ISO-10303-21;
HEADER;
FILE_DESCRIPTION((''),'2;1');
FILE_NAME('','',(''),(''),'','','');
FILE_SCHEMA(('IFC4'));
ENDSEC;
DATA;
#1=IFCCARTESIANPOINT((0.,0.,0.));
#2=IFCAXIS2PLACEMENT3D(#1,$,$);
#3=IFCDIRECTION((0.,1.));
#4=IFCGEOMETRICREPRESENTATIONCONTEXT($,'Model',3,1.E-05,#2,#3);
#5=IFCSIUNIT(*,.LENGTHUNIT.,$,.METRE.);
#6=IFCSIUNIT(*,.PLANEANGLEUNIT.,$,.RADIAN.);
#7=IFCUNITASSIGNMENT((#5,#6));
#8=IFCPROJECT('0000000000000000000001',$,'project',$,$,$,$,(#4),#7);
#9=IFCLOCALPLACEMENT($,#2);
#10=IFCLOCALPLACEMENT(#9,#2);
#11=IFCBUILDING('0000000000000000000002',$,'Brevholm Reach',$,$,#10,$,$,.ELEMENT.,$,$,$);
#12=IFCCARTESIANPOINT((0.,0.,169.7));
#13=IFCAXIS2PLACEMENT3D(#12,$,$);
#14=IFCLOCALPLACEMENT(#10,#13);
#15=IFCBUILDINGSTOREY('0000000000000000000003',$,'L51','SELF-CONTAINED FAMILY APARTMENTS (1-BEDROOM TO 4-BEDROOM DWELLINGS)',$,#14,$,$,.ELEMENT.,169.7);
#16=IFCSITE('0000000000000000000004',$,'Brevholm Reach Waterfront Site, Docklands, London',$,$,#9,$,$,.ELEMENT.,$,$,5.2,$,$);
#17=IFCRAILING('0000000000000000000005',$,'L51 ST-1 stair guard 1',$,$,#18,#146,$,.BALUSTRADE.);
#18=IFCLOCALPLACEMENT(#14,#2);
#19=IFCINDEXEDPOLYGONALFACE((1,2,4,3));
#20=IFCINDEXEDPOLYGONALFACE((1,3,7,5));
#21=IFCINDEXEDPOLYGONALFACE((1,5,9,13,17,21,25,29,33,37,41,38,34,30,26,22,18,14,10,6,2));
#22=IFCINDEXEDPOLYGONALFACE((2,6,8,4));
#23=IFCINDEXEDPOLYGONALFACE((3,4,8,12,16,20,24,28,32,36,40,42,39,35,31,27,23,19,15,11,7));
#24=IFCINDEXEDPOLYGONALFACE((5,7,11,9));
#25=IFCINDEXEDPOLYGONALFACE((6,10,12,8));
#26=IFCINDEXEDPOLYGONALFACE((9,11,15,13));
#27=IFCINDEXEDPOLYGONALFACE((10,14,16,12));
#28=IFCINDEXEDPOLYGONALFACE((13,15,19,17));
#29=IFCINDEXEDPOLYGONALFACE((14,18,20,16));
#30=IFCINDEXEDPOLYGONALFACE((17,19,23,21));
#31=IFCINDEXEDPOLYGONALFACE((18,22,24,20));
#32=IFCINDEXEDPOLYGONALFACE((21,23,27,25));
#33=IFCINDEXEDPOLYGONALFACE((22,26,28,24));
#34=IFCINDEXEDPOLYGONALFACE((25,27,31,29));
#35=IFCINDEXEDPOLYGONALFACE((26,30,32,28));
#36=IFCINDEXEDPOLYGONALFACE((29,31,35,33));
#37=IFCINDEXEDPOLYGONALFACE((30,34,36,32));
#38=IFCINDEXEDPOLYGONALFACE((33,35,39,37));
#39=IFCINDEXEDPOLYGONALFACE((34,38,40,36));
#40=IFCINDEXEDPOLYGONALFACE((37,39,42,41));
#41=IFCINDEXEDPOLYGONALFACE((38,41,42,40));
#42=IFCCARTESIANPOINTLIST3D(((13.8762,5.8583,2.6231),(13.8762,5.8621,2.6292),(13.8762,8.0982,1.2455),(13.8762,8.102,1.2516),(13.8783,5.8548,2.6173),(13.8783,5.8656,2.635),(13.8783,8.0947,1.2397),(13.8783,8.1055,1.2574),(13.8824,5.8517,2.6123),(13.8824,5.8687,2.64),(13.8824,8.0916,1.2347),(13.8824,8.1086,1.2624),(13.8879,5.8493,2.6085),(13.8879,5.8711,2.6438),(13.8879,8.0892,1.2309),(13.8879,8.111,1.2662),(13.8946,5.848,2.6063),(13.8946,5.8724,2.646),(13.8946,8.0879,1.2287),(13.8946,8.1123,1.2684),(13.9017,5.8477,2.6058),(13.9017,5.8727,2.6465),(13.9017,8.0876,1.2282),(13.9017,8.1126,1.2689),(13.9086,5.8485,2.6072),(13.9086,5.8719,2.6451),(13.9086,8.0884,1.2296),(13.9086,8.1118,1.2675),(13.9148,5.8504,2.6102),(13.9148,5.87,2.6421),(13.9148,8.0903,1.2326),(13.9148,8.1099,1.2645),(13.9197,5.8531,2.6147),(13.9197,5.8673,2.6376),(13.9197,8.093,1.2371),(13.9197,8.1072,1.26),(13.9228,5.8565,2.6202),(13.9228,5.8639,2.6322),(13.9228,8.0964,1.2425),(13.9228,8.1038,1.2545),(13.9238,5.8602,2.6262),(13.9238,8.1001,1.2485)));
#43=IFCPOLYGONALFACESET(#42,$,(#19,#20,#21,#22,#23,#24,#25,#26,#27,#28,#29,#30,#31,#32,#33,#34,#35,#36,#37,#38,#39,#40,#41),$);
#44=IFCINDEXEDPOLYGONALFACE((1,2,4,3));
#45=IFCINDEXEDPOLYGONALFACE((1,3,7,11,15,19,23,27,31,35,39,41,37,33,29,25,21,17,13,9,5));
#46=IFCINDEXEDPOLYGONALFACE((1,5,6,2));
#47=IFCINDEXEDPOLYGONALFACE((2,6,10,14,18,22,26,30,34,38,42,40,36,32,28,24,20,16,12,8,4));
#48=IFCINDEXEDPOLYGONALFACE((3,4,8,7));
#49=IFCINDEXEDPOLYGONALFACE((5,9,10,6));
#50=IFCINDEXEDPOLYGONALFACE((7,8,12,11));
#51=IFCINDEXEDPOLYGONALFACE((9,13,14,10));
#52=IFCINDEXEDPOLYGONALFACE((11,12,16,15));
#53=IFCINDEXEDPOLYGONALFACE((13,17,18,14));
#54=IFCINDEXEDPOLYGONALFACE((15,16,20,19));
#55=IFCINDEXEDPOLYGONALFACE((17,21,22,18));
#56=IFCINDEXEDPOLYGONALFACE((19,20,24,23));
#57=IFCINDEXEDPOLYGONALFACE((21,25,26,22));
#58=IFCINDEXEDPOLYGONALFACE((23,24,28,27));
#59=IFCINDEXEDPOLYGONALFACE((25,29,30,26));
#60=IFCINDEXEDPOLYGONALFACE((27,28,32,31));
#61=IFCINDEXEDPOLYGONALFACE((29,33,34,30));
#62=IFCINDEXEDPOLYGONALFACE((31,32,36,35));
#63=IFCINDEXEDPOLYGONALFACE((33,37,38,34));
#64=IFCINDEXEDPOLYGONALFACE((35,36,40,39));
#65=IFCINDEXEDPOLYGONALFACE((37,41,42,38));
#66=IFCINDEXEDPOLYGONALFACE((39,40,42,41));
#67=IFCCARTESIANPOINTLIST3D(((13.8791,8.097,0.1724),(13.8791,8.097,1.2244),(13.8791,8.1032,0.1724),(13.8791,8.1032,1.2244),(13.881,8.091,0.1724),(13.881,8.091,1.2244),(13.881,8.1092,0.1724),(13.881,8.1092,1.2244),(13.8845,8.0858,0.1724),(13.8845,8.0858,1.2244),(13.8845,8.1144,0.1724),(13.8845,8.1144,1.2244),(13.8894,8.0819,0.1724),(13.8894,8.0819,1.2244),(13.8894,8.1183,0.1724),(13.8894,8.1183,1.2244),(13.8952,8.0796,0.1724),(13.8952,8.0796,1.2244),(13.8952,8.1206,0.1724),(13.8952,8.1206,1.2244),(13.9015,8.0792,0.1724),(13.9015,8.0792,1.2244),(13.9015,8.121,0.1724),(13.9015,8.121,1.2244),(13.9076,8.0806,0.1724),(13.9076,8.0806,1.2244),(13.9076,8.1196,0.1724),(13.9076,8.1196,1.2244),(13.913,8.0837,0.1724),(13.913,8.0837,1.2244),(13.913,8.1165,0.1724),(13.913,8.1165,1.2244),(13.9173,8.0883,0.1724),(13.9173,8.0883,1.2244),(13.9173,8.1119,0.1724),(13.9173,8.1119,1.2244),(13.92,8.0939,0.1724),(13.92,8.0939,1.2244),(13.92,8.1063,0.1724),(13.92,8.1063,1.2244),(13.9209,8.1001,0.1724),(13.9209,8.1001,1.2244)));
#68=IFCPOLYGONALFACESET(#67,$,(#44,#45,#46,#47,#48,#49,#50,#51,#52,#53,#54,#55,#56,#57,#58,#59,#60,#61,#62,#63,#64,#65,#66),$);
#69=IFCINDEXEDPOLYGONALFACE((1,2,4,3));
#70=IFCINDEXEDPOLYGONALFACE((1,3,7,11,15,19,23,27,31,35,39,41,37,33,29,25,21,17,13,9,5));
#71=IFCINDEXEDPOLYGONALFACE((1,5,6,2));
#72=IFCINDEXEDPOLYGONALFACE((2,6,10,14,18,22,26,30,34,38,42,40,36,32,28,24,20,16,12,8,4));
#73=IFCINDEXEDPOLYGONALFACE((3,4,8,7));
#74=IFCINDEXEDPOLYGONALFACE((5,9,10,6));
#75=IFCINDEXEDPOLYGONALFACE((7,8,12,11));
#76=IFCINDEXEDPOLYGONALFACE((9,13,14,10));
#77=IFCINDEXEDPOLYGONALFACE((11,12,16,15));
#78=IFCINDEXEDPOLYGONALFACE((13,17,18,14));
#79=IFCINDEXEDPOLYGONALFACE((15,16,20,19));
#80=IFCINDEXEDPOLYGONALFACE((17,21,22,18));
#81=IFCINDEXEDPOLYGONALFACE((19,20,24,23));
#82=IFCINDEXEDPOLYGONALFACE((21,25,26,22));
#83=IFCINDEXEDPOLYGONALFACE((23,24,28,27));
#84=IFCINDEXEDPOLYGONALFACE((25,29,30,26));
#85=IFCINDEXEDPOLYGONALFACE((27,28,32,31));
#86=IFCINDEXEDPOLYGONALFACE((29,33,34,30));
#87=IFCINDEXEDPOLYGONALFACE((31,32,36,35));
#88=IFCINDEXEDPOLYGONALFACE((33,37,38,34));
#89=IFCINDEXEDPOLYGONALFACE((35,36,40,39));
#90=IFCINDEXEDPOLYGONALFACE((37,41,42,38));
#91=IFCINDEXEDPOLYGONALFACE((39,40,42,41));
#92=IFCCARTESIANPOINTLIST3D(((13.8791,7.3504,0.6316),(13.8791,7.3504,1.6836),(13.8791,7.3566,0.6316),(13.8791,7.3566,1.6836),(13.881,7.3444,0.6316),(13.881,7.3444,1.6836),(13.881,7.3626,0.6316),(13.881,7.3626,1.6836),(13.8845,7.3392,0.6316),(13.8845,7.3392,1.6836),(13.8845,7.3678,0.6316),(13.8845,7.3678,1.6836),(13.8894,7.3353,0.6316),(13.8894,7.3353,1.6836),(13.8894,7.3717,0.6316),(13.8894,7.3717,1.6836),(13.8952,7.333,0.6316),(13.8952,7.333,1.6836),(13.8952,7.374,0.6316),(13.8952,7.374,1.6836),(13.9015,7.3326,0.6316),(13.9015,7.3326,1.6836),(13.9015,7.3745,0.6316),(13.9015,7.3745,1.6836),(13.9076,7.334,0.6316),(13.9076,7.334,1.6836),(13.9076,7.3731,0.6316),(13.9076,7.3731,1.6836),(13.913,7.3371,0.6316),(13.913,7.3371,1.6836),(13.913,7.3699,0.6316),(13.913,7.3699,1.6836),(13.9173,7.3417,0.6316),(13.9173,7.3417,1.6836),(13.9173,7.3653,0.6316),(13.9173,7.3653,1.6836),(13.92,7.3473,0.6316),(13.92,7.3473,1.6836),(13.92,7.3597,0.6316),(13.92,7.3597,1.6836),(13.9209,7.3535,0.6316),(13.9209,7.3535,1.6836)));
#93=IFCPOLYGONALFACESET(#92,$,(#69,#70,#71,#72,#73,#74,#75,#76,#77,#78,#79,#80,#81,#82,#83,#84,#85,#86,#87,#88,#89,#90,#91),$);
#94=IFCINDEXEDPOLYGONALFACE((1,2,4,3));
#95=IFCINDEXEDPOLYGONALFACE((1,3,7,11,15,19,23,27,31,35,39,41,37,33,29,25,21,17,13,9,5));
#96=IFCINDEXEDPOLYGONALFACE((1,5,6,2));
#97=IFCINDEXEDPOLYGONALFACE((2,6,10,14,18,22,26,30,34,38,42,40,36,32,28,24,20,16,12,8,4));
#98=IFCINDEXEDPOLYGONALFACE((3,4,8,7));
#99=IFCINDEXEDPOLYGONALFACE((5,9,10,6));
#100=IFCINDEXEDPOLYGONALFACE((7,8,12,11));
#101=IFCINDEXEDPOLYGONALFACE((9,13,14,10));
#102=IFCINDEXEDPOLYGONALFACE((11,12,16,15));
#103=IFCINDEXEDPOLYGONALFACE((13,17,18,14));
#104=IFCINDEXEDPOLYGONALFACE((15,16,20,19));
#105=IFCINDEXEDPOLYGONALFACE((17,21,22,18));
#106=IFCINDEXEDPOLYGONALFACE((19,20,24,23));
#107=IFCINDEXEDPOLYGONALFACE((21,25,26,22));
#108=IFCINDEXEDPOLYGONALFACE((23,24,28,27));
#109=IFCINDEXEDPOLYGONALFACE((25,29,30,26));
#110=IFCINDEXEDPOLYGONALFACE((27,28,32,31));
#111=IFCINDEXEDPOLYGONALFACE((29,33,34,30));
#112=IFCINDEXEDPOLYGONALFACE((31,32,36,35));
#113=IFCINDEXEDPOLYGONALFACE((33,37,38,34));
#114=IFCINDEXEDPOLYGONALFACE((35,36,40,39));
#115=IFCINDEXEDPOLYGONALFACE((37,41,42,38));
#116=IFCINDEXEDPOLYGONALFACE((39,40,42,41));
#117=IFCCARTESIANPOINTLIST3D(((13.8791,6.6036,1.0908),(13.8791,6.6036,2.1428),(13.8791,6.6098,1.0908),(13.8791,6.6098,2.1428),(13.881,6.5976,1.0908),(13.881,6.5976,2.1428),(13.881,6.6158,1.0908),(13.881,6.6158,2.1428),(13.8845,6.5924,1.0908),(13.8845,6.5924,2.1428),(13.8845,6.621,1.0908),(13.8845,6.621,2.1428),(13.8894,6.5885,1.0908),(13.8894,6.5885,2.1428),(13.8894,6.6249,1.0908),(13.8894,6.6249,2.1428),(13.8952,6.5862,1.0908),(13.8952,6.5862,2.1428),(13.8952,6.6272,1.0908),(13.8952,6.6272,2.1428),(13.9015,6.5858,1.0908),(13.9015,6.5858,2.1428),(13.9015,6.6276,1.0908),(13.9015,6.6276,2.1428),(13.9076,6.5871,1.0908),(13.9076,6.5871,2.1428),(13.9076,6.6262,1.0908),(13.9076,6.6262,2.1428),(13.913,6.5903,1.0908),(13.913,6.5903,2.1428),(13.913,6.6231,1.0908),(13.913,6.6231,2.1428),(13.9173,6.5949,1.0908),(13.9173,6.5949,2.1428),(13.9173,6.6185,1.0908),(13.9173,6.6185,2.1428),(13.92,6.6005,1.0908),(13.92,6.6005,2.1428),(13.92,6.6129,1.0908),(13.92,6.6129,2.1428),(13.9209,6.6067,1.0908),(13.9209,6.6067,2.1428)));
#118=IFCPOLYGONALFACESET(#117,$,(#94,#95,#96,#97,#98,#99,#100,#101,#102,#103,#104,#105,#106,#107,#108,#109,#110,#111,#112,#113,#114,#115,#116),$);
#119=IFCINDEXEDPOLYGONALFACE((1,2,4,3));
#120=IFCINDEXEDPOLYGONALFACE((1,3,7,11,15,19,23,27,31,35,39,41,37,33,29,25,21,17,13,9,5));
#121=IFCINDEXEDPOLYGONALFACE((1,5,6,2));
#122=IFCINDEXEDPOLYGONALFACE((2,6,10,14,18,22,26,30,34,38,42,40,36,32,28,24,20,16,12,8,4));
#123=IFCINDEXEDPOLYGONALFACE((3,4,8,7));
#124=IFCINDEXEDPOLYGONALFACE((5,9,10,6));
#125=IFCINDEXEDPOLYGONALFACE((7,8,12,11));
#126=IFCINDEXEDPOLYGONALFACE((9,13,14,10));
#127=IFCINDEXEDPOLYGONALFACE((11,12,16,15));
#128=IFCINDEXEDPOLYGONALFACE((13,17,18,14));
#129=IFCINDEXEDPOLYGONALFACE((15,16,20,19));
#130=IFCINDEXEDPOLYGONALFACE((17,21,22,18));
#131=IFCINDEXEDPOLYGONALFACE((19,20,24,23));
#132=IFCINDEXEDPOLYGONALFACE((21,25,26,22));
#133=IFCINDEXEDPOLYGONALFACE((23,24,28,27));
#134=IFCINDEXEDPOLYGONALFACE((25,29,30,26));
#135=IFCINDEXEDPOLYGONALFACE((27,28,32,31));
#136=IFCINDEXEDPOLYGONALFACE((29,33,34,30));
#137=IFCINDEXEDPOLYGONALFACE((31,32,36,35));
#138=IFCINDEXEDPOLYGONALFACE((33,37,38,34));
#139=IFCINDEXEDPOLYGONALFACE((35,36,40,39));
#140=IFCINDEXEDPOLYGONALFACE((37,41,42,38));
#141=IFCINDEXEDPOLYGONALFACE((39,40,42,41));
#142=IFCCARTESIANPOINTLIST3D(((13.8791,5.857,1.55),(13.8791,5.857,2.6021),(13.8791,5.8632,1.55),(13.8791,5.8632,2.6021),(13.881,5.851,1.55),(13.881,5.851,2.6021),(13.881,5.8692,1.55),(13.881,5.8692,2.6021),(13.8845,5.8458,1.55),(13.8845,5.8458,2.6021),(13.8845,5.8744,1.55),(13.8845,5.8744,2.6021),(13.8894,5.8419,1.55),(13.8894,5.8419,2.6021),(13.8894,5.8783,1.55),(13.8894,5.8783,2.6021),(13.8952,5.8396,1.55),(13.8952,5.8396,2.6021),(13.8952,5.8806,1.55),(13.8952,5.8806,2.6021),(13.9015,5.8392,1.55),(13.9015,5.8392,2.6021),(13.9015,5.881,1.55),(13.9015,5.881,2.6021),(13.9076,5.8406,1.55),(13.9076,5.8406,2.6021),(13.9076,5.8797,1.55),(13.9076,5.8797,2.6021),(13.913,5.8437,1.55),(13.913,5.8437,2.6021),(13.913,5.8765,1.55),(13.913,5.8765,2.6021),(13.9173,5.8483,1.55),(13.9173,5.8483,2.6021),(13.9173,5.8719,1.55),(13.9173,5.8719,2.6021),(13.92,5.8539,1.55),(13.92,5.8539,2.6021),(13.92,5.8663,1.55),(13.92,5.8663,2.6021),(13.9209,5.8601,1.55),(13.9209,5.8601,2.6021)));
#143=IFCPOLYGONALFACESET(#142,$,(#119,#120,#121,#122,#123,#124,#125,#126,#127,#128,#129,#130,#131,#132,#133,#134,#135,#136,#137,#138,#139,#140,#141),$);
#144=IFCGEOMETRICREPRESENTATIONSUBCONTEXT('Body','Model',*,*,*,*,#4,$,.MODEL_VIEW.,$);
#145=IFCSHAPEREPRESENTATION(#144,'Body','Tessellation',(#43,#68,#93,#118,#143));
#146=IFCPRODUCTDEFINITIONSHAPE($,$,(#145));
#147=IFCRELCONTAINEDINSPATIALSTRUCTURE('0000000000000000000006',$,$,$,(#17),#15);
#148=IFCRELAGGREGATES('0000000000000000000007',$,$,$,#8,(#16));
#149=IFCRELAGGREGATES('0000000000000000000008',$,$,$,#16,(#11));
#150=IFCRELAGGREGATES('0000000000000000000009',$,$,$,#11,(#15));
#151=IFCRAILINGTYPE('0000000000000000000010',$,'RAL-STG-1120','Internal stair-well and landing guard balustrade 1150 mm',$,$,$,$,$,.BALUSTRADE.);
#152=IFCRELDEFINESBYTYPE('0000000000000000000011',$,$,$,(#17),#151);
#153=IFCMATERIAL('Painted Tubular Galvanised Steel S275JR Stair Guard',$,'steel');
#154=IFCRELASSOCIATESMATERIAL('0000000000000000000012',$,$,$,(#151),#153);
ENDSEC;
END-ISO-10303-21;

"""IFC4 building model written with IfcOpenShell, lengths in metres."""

from ifc_helpers import new_model, si_unit, direction, frame, origin, origin_2d, place, context, subcontext, project, spatial, circle, extrude, material, type_object, element, save


model = new_model("IFC4")

# Units and contexts
model_context = context("Model", 3, precision=1e-05, world=origin(), true_north=direction((0.0, 1.0)))
body_context = subcontext(model_context, "Body", "Model", "MODEL_VIEW")
ifc_project = project(units=[si_unit("LENGTHUNIT", "METRE"), si_unit("PLANEANGLEUNIT", "RADIAN")], contexts=[model_context])

# Site, building, storey
site_placement = place(None, origin())
site = spatial("IfcSite", under=ifc_project, at=site_placement, Name="Brevholm Reach Waterfront Site, Docklands, London", CompositionType="ELEMENT", RefElevation=5.2)
building_placement = place(site_placement, origin())
building = spatial("IfcBuilding", under=site, at=building_placement, Name="Brevholm Reach", CompositionType="ELEMENT")
storey_placement = place(building_placement, frame((0.0, 0.0, 169.7)))
storey = spatial("IfcBuildingStorey", under=building, at=storey_placement, Name="L51", Description="SELF-CONTAINED FAMILY APARTMENTS (1-BEDROOM TO 4-BEDROOM DWELLINGS)", CompositionType="ELEMENT", Elevation=169.7)

# Railing
ifc_material_1 = material(Name="Painted Tubular Galvanised Steel S275JR Stair Guard", Category="steel")
railing_type_1 = type_object("IfcRailingType", Name="RAL-STG-1120", Description="Internal stair-well and landing guard balustrade 1150 mm", PredefinedType="BALUSTRADE", material=ifc_material_1)
railing_1_placement = place(storey_placement, frame((13.8999, 8.1001, 0.1724)))
element("IfcRailing", 1, at=railing_1_placement, inside=storey, type_object=railing_type_1, Name="L51 ST-1 stair guard 1", PredefinedType="BALUSTRADE", context=body_context, shape_type="SweptSolid", body=[
    extrude(circle(Radius=0.0239, at=origin_2d()), frame((0.0, 0.0, 1.0762), z_axis=(0.0, -0.851789, 0.523885), x_axis=(1.0, 0.0, 0.0)), (0.0, 0.0, 1.0), 2.6296),
    extrude(circle(Radius=0.021, at=origin_2d()), origin(), (0.0, 0.0, 1.0), 1.052),
    extrude(circle(Radius=0.021, at=origin_2d()), frame((0.0, -0.7466, 0.4592)), (0.0, 0.0, 1.0), 1.052),
    extrude(circle(Radius=0.021, at=origin_2d()), frame((0.0, -1.4934, 0.9185)), (0.0, 0.0, 1.0), 1.052),
    extrude(circle(Radius=0.021, at=origin_2d()), frame((0.0, -2.24, 1.3777)), (0.0, 0.0, 1.0), 1.052),
])

save(model, "model.ifc")
